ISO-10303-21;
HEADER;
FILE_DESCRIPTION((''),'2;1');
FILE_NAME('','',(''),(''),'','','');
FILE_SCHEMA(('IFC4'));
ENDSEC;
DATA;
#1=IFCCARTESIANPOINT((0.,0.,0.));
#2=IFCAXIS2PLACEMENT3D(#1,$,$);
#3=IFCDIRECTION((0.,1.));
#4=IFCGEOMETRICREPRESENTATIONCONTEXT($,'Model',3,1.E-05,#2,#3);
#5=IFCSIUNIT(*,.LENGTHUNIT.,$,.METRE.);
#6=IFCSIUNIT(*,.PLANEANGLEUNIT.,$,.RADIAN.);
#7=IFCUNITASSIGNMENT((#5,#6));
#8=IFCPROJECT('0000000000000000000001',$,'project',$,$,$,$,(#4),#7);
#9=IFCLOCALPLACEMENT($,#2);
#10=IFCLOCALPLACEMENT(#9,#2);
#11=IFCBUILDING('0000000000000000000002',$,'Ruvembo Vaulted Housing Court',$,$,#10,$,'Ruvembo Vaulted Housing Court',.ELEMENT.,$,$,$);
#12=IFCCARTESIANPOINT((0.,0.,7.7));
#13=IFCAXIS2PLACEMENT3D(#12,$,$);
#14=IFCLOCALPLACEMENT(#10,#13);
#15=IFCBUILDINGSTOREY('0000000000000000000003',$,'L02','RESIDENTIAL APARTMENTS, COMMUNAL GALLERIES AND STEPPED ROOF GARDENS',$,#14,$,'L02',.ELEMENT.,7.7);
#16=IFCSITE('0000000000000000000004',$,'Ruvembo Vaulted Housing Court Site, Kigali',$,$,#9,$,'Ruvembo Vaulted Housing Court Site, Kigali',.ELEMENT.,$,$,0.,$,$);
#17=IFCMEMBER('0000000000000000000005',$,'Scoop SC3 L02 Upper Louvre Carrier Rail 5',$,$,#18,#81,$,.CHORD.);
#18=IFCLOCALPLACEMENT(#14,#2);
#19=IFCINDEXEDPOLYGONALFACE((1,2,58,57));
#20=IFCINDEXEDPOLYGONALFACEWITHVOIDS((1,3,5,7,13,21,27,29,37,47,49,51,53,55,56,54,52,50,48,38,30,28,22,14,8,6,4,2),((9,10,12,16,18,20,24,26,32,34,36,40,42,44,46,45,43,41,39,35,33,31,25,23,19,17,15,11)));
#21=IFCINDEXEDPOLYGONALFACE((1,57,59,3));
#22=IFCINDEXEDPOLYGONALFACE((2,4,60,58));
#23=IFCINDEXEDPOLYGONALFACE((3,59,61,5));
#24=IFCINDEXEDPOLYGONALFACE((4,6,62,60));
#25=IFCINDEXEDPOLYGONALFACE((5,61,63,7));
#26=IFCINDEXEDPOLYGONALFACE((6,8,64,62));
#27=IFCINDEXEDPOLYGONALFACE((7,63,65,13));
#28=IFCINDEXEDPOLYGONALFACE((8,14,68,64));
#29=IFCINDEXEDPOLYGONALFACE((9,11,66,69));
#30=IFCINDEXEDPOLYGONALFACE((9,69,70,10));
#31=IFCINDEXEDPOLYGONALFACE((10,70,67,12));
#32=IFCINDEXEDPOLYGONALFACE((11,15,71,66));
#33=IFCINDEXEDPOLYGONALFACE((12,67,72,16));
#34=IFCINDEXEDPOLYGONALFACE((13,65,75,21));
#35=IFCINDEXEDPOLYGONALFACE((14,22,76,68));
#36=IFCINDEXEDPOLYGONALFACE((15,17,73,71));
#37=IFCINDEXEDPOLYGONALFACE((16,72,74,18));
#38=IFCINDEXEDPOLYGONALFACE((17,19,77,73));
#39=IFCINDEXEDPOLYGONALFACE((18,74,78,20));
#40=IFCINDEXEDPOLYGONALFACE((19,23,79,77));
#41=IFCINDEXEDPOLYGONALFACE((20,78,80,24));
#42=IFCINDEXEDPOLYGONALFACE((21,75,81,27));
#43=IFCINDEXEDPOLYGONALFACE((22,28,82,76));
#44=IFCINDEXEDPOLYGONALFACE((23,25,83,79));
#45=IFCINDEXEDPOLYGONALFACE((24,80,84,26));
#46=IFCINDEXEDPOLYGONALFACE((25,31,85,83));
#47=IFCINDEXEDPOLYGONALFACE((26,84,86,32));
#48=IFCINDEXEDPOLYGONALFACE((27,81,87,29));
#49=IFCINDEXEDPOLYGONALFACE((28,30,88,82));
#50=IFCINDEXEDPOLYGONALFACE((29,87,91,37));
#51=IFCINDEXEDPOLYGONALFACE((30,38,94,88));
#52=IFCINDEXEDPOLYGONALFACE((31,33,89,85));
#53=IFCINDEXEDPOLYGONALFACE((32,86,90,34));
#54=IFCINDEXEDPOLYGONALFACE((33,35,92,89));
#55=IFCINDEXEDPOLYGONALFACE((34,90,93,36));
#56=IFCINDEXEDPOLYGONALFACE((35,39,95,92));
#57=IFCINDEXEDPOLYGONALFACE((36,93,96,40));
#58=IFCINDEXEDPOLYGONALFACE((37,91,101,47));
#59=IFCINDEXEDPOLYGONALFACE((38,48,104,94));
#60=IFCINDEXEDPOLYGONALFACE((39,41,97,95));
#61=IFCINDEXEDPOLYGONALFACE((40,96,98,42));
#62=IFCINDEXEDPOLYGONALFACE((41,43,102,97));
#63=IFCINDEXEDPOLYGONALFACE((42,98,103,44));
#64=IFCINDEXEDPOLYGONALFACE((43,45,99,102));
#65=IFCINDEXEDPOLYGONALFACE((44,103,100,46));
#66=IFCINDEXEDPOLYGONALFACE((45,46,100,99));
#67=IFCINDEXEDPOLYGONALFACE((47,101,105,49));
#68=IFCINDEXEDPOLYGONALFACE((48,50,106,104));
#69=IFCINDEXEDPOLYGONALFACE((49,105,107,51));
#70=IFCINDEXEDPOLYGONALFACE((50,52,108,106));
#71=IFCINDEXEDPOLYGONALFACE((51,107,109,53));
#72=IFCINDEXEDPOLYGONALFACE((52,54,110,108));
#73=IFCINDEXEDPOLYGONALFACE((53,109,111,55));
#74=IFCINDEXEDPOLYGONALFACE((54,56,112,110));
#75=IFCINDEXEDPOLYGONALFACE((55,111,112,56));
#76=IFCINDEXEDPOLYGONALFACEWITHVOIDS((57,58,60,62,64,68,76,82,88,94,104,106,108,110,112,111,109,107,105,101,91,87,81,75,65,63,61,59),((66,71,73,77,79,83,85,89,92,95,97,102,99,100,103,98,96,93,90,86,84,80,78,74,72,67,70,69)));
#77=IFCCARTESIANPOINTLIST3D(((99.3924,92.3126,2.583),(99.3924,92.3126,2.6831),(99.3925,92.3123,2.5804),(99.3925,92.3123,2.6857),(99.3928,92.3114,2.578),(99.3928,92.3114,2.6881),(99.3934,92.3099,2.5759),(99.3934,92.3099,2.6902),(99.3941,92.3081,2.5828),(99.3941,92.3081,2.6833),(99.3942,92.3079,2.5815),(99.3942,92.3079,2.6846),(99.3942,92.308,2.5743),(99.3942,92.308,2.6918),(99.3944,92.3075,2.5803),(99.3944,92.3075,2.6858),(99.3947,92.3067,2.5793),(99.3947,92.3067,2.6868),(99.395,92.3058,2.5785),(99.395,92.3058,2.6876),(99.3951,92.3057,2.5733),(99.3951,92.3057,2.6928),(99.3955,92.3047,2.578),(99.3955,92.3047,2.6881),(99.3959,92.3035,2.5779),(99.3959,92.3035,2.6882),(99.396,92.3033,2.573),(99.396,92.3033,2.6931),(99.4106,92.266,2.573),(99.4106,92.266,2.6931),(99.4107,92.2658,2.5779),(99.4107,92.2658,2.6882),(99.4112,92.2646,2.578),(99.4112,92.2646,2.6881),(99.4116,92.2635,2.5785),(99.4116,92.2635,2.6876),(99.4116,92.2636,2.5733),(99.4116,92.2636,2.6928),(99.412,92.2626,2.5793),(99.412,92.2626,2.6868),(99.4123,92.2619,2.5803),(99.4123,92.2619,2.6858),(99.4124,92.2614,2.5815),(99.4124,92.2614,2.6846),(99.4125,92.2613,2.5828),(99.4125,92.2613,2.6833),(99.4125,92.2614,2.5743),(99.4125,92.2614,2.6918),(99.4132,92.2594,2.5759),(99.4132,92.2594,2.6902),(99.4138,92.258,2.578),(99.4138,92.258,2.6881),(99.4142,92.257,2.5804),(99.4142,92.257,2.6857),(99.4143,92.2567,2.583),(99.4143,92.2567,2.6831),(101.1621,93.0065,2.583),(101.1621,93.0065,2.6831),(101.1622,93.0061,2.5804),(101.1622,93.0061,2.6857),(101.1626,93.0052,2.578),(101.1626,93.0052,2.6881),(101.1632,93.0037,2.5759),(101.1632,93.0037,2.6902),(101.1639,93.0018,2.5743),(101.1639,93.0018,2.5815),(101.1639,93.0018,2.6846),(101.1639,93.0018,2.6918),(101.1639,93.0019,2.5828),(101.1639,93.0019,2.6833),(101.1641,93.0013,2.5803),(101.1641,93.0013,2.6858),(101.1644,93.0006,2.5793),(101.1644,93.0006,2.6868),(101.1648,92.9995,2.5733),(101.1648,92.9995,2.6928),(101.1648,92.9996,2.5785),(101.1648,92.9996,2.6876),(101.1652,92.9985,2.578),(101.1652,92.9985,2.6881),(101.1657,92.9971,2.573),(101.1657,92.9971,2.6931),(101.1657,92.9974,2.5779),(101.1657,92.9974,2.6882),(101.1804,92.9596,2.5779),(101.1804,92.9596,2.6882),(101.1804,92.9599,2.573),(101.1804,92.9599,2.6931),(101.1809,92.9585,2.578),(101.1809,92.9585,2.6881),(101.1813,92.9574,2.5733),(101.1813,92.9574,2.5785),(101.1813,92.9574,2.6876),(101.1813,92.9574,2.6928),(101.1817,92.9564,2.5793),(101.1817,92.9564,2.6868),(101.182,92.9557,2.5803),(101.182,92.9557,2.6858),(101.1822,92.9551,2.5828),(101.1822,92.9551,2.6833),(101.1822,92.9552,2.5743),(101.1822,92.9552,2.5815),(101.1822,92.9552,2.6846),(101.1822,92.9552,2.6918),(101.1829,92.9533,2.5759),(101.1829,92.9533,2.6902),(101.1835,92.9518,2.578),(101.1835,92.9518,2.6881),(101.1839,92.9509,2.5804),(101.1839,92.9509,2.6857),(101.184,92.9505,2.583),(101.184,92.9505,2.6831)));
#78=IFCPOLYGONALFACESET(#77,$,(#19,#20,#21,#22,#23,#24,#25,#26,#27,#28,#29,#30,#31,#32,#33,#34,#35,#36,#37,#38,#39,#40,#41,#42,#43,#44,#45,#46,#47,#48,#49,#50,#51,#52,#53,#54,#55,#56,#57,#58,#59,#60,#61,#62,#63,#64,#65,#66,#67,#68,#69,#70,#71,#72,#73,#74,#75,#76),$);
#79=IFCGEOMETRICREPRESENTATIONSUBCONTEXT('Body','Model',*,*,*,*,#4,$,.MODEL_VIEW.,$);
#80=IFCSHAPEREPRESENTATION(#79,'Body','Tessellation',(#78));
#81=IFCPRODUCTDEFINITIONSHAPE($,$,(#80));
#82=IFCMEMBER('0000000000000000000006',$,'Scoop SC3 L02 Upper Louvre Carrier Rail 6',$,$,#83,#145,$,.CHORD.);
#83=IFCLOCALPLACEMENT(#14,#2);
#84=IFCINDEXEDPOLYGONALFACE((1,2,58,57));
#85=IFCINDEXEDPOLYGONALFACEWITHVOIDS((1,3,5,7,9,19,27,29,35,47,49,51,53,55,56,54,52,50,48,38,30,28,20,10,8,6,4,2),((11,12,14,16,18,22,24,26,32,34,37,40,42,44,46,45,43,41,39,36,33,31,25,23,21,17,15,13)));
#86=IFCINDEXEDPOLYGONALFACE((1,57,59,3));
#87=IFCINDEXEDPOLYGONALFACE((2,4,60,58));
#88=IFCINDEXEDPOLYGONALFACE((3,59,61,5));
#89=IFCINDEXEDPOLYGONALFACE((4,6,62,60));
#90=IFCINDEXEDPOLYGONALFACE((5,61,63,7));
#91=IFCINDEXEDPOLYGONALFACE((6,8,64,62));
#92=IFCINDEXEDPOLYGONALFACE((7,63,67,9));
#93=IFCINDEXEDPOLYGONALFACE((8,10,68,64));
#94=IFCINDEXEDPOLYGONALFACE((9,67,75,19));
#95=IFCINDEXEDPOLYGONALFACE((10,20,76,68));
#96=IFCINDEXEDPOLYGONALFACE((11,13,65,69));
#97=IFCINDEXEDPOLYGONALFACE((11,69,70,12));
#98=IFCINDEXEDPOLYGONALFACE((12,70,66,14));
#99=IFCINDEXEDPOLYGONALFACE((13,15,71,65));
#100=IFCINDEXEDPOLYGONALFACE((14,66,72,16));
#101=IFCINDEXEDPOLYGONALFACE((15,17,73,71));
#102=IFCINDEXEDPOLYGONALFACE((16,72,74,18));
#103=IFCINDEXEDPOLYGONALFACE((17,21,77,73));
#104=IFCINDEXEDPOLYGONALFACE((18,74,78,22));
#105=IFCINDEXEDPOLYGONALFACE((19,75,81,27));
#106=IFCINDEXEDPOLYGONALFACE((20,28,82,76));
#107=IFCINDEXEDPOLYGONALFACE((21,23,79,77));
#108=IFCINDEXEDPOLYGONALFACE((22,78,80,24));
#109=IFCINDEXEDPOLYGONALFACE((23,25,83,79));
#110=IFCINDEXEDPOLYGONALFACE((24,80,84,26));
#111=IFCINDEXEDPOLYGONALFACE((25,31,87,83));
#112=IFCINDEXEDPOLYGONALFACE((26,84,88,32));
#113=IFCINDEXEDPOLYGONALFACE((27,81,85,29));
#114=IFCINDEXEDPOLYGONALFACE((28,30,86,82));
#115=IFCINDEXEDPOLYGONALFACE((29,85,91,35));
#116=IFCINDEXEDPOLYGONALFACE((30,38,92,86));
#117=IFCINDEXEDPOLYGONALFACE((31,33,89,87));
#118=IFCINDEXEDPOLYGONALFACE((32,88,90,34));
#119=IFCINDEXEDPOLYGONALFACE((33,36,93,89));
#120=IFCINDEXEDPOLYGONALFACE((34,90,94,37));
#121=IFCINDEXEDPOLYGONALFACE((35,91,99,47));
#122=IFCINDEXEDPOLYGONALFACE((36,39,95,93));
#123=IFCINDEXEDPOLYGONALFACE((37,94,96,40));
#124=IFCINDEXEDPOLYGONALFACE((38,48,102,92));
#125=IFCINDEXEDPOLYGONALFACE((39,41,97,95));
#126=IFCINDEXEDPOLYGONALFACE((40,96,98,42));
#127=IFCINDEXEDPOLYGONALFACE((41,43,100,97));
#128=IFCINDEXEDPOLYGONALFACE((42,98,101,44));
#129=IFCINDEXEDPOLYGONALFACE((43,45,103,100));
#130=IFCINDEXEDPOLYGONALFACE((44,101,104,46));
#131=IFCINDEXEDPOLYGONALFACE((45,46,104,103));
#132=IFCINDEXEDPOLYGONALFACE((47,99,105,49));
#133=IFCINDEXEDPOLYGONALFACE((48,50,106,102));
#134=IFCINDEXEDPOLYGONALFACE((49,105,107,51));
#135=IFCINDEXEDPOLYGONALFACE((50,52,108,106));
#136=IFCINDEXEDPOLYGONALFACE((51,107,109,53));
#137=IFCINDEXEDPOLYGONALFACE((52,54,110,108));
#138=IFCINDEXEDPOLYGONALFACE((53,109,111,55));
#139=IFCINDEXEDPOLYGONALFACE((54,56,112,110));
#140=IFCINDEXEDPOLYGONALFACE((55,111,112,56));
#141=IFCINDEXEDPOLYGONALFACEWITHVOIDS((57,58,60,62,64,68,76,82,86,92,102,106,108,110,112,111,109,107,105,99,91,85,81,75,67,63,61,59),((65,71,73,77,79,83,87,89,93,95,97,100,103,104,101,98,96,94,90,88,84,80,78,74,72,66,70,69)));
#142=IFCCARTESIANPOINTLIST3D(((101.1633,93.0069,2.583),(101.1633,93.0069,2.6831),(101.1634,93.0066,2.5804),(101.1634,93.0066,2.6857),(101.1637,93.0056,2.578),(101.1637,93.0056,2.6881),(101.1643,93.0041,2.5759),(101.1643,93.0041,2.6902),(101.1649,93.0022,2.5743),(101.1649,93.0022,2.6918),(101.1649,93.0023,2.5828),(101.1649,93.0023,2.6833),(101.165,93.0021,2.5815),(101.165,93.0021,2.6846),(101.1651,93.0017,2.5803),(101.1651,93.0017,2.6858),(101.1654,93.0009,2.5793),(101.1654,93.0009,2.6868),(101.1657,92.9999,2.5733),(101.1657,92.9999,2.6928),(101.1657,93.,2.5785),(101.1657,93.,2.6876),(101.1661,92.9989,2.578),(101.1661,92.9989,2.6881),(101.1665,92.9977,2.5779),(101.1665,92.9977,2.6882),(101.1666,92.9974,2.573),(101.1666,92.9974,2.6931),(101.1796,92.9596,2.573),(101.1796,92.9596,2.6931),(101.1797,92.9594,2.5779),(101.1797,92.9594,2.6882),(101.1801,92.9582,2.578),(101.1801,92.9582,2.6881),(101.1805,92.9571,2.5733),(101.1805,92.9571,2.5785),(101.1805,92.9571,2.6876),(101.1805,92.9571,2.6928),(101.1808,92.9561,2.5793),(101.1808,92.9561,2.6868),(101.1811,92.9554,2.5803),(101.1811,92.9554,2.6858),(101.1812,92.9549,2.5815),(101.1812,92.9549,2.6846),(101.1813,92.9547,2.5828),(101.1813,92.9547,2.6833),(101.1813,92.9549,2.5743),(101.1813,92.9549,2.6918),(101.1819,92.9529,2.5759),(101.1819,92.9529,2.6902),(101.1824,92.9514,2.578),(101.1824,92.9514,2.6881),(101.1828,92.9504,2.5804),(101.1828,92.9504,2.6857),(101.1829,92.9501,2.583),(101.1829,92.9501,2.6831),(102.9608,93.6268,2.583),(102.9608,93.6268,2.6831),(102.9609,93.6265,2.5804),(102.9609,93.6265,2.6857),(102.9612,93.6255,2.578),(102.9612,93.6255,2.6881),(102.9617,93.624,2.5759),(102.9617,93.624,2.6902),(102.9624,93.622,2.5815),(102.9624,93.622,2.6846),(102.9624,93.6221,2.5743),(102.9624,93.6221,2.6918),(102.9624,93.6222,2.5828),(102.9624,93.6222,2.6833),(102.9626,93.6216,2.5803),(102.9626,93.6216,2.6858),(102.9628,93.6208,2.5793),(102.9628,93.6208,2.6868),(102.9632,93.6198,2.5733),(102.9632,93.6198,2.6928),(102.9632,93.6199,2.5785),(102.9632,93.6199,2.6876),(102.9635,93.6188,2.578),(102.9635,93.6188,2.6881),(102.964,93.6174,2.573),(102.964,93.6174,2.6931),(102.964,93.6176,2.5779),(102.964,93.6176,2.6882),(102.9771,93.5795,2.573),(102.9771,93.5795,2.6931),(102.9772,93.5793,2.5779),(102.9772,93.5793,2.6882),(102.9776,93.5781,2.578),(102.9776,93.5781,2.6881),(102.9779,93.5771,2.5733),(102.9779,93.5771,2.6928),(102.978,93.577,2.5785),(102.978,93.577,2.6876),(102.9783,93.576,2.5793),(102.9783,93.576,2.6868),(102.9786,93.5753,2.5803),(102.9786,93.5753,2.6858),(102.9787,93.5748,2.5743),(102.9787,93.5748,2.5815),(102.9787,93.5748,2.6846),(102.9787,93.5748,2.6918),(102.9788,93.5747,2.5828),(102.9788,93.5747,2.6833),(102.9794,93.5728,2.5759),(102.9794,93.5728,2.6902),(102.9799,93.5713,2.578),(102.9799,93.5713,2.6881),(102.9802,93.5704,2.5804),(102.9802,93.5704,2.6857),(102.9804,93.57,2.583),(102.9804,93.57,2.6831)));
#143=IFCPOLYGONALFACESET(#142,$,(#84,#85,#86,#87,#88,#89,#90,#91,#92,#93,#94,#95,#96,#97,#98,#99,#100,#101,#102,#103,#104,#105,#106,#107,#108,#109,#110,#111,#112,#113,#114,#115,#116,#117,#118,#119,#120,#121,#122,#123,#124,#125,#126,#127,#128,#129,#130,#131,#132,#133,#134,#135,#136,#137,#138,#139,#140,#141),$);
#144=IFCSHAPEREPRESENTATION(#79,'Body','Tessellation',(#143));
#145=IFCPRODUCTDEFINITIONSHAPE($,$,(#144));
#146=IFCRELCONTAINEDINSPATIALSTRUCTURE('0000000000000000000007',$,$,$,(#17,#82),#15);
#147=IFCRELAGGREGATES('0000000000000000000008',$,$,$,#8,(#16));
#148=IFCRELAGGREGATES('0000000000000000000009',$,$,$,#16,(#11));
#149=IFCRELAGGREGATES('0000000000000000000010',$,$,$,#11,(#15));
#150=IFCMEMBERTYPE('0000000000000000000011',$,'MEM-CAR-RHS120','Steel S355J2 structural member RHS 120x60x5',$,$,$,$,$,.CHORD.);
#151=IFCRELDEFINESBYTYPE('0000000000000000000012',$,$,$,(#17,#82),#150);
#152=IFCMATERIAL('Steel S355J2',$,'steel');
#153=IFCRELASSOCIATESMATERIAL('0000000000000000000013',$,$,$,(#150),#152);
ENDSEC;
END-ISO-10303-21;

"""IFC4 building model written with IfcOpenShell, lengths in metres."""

from ifc_helpers import new_model, si_unit, direction, frame, origin, origin_2d, place, context, subcontext, project, spatial, hollow_rectangle, extrude, material, material_profile, profile_set, type_object, element, save


model = new_model("IFC4")

# Units and contexts
model_context = context("Model", 3, precision=1e-05, world=origin(), true_north=direction((0.0, 1.0)))
body_context = subcontext(model_context, "Body", "Model", "MODEL_VIEW")
ifc_project = project(units=[si_unit("LENGTHUNIT", "METRE"), si_unit("PLANEANGLEUNIT", "RADIAN")], contexts=[model_context])

# Site, building, storey
site_placement = place(None, origin())
site = spatial("IfcSite", under=ifc_project, at=site_placement, Name="Ruvembo Vaulted Housing Court Site, Kigali", LongName="Ruvembo Vaulted Housing Court Site, Kigali", CompositionType="ELEMENT", RefElevation=0.0)
building_placement = place(site_placement, origin())
building = spatial("IfcBuilding", under=site, at=building_placement, Name="Ruvembo Vaulted Housing Court", LongName="Ruvembo Vaulted Housing Court", CompositionType="ELEMENT")
storey_placement = place(building_placement, frame((0.0, 0.0, 7.7)))
storey = spatial("IfcBuildingStorey", under=building, at=storey_placement, Name="L02", Description="RESIDENTIAL APARTMENTS, COMMUNAL GALLERIES AND STEPPED ROOF GARDENS", LongName="L02", CompositionType="ELEMENT", Elevation=7.7)

# Shared definitions
ifc_material_1 = material(Name="Steel S355J2", Category="steel")

# Members
ifc_material_profile_1 = material_profile(ifc_material_1, hollow_rectangle(XDim=0.0601, YDim=0.1201, WallThickness=0.0049, InnerFilletRadius=0.0049, OuterFilletRadius=0.01, at=origin_2d()), Name="RHS 120x60x5")
ifc_profile_set_1 = profile_set([ifc_material_profile_1], Name="Steel S355J2")
member_type_1 = type_object("IfcMemberType", Name="MEM-CAR-RHS120", Description="Steel S355J2 structural member RHS 120x60x5", PredefinedType="CHORD", material=ifc_profile_set_1)
member_1_placement = place(storey_placement, frame((99.4033, 92.2847, 2.6331), z_axis=(0.931006, 0.365005, 0.0), x_axis=(-0.365005, 0.931006, 0.0)))
element("IfcMember", 1, at=member_1_placement, inside=storey, type_object=member_type_1, Name="Scoop SC3 L02 Upper Louvre Carrier Rail 5", PredefinedType="CHORD", context=body_context, shape_type="SweptSolid", body=[
    extrude(hollow_rectangle(XDim=0.0601, YDim=0.1201, WallThickness=0.0049, InnerFilletRadius=0.0049, OuterFilletRadius=0.01, at=origin_2d()), origin(), (0.0, 0.0, 1.0), 1.9009),
])
member_2_placement = place(storey_placement, frame((101.1731, 92.9785, 2.6331), z_axis=(0.945358, 0.326034, 0.0), x_axis=(-0.326034, 0.945358, 0.0)))
element("IfcMember", 2, at=member_2_placement, inside=storey, type_object=member_type_1, Name="Scoop SC3 L02 Upper Louvre Carrier Rail 6", PredefinedType="CHORD", context=body_context, shape_type="SweptSolid", body=[
    extrude(hollow_rectangle(XDim=0.0601, YDim=0.1201, WallThickness=0.0049, InnerFilletRadius=0.0049, OuterFilletRadius=0.01, at=origin_2d()), origin(), (0.0, 0.0, 1.0), 1.9014),
])

save(model, "model.ifc")
